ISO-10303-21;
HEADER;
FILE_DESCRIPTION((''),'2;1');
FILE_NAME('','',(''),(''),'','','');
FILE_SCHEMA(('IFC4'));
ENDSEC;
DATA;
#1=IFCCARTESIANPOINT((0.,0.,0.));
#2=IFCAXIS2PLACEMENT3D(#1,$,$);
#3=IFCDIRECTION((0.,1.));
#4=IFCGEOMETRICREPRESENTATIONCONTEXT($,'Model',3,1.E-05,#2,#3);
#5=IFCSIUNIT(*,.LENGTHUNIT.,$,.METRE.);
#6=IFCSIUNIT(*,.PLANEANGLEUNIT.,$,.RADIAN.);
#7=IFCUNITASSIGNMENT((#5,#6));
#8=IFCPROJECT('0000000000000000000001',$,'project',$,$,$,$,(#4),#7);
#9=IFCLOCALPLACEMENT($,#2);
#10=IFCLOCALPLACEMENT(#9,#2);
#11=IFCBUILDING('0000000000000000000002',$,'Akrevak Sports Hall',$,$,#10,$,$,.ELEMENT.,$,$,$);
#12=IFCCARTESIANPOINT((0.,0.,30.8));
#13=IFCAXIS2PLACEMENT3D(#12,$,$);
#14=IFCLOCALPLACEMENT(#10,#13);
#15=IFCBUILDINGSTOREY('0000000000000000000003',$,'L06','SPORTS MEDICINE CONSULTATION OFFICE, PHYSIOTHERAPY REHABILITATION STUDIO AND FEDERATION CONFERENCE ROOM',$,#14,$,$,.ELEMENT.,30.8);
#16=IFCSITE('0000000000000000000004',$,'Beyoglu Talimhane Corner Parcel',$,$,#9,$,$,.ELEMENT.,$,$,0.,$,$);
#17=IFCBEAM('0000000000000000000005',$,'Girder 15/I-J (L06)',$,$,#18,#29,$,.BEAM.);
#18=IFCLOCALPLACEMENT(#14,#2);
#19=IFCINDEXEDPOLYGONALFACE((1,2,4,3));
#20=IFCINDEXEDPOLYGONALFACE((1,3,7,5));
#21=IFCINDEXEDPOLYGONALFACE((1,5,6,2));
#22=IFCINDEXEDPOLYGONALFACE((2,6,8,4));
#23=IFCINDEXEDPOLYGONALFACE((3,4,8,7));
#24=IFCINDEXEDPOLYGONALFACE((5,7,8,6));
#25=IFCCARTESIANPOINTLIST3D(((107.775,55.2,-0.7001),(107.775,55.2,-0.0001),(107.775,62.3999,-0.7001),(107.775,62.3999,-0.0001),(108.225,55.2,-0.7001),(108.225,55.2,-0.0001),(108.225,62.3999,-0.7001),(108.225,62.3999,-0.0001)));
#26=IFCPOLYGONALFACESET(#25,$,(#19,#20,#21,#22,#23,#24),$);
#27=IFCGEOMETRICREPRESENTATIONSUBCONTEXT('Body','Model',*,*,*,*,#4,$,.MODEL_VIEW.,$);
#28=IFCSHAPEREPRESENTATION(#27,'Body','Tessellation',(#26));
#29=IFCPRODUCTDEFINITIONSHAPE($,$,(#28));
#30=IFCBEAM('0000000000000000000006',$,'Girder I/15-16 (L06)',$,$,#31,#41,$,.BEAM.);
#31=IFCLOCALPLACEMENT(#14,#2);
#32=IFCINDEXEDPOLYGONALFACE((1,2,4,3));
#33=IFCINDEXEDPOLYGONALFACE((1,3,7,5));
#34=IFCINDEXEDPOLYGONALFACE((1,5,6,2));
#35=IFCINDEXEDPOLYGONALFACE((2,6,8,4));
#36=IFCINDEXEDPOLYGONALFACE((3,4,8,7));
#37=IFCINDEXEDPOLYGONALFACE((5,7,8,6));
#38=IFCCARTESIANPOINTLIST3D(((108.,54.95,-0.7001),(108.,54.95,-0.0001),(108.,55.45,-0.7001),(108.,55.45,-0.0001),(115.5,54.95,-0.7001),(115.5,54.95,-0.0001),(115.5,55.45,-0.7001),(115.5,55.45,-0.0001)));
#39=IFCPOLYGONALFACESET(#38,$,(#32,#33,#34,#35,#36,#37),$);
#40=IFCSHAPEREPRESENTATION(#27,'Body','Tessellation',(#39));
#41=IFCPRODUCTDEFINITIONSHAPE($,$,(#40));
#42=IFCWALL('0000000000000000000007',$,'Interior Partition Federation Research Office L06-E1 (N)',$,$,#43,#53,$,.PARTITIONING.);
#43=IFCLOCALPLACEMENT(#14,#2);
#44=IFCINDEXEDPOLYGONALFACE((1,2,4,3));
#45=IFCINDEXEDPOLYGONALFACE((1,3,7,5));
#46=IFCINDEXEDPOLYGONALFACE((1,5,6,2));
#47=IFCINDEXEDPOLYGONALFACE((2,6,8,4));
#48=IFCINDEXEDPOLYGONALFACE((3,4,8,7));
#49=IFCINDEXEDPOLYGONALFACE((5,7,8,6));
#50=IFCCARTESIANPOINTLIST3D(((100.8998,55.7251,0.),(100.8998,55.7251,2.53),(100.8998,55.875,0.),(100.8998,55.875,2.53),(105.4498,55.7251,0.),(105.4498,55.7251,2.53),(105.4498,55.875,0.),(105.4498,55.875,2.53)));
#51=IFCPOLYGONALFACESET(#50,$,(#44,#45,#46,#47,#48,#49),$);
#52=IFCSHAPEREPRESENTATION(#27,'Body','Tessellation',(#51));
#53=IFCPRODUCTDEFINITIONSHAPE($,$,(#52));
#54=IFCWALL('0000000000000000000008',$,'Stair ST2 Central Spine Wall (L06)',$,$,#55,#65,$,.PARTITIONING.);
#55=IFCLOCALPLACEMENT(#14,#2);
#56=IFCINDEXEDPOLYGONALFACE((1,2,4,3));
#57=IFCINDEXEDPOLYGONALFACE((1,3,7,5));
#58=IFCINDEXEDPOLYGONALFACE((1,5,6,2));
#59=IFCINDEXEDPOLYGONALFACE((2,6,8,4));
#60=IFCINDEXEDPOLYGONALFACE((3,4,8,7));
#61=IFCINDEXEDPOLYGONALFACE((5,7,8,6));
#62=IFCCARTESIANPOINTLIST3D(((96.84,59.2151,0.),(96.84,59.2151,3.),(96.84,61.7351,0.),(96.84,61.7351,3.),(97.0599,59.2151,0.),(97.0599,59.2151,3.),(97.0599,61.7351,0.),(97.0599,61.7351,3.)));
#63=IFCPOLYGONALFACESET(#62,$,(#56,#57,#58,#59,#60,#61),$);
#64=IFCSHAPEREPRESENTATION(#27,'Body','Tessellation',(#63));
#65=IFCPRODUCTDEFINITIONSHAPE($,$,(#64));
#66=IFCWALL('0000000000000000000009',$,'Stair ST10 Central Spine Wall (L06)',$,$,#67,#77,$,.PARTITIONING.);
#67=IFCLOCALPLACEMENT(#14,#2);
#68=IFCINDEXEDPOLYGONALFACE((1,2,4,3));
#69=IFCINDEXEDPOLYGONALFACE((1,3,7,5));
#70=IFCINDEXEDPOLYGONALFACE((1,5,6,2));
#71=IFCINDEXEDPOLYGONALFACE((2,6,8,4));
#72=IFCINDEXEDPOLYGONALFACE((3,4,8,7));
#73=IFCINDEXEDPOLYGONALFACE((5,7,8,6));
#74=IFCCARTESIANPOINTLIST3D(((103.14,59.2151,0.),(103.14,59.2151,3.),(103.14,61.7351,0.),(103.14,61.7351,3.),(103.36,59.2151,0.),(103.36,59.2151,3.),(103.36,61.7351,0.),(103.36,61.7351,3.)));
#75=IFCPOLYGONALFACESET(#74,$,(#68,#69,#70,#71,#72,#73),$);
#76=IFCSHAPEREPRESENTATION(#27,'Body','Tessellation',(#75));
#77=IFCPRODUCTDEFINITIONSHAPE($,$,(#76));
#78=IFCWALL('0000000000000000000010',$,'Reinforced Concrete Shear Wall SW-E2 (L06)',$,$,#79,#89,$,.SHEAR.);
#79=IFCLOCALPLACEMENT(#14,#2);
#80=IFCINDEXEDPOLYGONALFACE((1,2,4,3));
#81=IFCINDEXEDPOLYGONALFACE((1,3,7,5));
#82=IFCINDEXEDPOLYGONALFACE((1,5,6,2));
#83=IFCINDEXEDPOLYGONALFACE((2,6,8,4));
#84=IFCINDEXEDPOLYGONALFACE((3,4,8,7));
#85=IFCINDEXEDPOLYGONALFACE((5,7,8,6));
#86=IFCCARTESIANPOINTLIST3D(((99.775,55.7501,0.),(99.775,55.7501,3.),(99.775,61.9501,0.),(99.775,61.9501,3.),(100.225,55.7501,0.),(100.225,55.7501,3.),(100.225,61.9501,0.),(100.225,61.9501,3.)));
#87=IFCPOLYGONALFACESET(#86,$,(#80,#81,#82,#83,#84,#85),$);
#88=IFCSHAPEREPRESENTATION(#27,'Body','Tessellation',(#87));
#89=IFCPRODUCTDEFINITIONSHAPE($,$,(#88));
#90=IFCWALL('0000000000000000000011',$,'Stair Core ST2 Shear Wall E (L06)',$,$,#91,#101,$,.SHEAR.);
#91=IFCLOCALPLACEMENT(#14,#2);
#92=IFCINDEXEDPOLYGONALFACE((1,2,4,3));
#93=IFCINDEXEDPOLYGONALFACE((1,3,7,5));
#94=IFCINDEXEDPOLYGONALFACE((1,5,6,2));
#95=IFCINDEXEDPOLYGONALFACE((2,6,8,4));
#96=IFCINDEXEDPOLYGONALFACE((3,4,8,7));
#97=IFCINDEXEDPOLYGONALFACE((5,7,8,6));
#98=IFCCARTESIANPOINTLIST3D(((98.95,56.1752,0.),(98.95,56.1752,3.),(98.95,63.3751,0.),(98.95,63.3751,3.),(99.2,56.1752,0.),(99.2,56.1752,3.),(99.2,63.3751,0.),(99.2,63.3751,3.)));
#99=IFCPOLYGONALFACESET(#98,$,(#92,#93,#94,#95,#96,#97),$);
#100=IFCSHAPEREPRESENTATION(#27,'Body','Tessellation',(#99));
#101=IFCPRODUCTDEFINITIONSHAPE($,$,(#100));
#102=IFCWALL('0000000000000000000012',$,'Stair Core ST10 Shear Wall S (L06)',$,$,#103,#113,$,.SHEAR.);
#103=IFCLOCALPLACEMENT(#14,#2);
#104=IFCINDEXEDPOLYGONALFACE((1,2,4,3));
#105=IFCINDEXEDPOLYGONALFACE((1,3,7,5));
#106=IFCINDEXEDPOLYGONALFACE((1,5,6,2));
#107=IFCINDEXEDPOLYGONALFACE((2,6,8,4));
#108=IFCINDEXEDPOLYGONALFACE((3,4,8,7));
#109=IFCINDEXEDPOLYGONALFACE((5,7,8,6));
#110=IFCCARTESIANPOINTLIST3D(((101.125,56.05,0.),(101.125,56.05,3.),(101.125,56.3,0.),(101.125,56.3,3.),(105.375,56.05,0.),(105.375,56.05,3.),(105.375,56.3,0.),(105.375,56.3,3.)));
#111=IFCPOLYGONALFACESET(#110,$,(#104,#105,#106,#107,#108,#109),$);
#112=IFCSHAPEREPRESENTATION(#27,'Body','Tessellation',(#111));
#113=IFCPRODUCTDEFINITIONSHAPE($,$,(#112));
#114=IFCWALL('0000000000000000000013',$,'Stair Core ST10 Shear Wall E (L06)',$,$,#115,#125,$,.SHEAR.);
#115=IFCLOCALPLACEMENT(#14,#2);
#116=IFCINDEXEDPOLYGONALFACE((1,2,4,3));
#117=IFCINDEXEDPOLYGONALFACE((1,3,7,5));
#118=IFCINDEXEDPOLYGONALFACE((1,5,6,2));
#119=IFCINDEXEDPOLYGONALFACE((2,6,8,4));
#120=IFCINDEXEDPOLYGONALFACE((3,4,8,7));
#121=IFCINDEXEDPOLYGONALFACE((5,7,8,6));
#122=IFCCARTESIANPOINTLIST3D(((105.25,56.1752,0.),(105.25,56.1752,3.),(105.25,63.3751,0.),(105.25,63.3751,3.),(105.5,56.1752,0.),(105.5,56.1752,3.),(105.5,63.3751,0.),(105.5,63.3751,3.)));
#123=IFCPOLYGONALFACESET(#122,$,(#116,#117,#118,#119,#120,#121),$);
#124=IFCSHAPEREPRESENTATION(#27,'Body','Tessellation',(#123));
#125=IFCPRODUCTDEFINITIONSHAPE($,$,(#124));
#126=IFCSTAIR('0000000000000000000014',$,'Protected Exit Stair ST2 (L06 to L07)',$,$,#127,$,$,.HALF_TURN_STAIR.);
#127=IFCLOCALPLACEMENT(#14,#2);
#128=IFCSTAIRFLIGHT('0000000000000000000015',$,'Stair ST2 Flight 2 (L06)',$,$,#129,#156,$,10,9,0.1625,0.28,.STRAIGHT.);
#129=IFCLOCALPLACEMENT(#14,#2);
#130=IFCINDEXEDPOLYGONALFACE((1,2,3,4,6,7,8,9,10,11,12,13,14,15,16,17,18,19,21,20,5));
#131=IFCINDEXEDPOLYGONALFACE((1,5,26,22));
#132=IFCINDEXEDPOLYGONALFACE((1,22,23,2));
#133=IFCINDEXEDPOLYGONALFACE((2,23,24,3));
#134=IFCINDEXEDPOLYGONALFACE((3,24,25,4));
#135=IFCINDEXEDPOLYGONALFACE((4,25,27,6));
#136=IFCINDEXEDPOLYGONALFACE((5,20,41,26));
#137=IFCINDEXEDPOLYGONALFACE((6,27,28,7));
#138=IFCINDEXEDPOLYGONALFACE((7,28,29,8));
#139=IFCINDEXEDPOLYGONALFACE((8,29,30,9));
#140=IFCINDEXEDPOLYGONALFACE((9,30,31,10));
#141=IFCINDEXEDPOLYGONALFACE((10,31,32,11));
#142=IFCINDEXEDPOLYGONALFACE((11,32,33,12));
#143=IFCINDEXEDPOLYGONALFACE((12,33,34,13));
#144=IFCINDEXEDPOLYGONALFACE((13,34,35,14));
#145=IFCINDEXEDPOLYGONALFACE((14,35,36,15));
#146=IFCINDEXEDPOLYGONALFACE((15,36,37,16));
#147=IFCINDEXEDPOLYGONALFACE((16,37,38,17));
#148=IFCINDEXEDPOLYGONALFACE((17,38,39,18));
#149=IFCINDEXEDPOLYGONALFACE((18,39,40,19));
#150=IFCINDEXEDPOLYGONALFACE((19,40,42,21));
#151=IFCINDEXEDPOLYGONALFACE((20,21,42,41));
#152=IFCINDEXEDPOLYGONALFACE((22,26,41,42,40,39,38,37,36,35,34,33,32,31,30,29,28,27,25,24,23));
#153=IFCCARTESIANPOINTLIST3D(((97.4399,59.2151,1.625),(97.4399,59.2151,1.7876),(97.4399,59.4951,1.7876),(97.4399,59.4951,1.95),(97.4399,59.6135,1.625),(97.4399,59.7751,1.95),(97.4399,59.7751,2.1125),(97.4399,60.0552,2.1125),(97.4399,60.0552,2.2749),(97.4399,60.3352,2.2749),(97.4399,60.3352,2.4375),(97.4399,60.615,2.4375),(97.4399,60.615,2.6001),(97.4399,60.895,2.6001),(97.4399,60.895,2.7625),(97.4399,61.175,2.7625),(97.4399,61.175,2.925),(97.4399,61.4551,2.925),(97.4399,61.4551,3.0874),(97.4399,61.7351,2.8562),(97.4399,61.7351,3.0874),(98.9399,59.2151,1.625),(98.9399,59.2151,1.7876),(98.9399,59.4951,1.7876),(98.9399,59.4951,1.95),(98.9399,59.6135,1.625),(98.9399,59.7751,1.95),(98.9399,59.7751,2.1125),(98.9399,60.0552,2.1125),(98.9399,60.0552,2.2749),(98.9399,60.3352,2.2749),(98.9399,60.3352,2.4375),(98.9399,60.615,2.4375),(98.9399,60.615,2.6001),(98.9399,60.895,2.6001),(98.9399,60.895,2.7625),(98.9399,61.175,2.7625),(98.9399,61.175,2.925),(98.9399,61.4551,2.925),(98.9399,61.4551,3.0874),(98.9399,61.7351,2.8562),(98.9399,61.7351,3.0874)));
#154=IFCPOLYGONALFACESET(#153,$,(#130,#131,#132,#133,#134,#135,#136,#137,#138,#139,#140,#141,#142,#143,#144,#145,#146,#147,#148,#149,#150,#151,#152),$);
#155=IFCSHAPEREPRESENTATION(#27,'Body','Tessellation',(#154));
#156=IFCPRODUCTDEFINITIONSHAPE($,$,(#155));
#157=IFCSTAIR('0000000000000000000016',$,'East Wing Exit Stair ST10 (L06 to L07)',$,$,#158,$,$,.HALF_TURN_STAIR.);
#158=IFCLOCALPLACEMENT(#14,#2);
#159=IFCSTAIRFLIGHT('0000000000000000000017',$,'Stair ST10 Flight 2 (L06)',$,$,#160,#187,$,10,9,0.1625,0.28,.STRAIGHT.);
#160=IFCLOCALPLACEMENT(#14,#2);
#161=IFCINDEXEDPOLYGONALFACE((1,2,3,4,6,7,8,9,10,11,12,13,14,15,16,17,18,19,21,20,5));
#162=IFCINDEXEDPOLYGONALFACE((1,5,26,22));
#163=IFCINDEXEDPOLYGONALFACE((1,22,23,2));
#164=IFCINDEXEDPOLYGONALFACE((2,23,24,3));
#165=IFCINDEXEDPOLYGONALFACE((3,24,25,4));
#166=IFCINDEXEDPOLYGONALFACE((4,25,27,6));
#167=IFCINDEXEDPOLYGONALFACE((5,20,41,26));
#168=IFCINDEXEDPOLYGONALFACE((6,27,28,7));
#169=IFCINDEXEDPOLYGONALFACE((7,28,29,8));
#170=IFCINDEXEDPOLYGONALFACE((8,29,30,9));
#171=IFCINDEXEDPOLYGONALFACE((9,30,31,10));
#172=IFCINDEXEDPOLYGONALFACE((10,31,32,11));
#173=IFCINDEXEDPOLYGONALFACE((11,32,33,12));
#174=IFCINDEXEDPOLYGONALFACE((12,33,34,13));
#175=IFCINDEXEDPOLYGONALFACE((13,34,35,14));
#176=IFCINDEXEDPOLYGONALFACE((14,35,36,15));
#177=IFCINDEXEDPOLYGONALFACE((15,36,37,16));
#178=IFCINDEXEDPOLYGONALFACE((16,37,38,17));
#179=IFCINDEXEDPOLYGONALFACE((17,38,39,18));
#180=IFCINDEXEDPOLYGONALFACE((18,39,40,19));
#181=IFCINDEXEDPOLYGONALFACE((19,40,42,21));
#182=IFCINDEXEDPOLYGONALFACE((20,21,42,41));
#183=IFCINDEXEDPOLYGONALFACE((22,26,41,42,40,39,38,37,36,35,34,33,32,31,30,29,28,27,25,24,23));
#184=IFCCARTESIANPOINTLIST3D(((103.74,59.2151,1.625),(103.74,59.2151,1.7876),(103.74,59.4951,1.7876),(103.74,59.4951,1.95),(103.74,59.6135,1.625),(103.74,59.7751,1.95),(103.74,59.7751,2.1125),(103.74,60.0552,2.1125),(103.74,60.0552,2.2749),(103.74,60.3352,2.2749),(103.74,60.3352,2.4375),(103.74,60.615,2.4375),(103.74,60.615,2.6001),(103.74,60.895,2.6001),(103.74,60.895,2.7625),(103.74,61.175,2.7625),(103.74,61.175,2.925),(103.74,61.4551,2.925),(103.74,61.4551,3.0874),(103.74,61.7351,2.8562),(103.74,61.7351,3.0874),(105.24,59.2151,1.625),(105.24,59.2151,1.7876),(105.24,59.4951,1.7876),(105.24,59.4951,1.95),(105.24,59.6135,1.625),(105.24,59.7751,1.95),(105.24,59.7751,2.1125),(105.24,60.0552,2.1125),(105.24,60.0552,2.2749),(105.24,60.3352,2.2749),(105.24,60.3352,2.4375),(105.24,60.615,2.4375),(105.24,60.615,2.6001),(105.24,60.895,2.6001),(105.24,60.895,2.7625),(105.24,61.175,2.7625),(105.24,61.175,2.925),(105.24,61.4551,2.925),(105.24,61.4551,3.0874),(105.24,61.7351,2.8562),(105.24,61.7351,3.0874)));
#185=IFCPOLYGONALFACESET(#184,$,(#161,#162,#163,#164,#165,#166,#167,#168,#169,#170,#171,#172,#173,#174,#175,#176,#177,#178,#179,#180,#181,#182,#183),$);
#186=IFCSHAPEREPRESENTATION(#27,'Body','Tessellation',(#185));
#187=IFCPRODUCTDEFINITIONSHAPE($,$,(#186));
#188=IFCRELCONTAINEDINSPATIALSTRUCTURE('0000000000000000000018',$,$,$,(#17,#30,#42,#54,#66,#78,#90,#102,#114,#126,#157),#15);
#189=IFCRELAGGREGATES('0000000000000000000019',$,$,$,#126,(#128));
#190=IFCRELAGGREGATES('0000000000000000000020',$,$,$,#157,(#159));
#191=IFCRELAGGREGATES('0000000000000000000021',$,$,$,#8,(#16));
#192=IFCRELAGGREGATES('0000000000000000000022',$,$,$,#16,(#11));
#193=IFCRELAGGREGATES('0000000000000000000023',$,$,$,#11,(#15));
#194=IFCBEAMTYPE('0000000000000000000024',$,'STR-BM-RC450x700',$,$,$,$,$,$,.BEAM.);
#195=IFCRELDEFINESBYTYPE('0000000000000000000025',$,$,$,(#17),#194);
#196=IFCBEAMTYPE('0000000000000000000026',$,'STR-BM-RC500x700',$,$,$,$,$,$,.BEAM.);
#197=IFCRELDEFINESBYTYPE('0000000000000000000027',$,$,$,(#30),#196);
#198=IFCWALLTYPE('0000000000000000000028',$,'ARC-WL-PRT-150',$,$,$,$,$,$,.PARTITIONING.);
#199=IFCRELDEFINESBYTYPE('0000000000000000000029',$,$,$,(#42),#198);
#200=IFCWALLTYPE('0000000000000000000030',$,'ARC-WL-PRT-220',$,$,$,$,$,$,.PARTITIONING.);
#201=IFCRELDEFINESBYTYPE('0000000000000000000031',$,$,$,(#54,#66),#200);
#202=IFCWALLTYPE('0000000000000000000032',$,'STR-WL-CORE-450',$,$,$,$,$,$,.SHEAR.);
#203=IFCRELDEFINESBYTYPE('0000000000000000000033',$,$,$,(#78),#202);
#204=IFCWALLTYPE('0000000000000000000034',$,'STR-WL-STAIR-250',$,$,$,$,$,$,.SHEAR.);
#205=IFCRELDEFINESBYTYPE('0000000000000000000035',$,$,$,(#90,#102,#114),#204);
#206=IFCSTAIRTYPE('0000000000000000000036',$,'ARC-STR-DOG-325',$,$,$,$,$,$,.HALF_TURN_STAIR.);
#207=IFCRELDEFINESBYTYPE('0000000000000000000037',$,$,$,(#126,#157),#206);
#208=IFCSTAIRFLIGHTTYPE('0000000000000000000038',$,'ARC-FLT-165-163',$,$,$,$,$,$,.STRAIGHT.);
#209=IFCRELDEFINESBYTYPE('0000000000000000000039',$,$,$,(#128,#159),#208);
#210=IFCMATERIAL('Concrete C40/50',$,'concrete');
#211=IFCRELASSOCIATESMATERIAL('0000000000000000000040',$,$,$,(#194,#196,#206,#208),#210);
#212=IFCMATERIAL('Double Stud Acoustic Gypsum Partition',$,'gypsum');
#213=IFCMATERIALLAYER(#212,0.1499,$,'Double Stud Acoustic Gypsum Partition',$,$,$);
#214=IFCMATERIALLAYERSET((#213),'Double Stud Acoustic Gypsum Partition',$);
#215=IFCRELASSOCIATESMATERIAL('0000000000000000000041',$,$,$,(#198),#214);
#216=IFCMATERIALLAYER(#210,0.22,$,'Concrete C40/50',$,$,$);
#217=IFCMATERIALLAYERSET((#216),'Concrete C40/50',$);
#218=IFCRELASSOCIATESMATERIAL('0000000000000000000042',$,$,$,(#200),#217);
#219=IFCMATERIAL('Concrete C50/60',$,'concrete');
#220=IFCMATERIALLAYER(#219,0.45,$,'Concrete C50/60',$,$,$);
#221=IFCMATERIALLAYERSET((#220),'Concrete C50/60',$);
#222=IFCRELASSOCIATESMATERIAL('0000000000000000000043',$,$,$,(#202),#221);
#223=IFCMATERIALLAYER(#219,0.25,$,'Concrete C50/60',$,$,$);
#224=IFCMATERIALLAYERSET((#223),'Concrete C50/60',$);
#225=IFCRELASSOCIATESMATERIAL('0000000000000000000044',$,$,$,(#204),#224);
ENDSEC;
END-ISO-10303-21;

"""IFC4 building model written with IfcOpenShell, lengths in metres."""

from ifc_helpers import new_model, si_unit, direction, frame, frame_2d, origin, origin_2d, place, context, subcontext, project, spatial, polyline, rectangle, outline, extrude, material, layer, layer_set, material_profile, profile_set, type_object, element, aggregate, save


model = new_model("IFC4")

# Units and contexts
model_context = context("Model", 3, precision=1e-05, world=origin(), true_north=direction((0.0, 1.0)))
body_context = subcontext(model_context, "Body", "Model", "MODEL_VIEW")
ifc_project = project(units=[si_unit("LENGTHUNIT", "METRE"), si_unit("PLANEANGLEUNIT", "RADIAN")], contexts=[model_context])

# Site, building, storey
site_placement = place(None, origin())
site = spatial("IfcSite", under=ifc_project, at=site_placement, Name="Beyoglu Talimhane Corner Parcel", CompositionType="ELEMENT", RefElevation=0.0)
building_placement = place(site_placement, origin())
building = spatial("IfcBuilding", under=site, at=building_placement, Name="Akrevak Sports Hall", CompositionType="ELEMENT")
storey_placement = place(building_placement, frame((0.0, 0.0, 30.8)))
storey = spatial("IfcBuildingStorey", under=building, at=storey_placement, Name="L06", Description="SPORTS MEDICINE CONSULTATION OFFICE, PHYSIOTHERAPY REHABILITATION STUDIO AND FEDERATION CONFERENCE ROOM", CompositionType="ELEMENT", Elevation=30.8)

# Beams
ifc_material_1 = material(Name="Concrete C40/50", Category="concrete")
ifc_material_profile_1 = material_profile(ifc_material_1, rectangle(XDim=0.45, YDim=0.7, at=origin_2d()), Name="BM 450x700", Category="concrete")
ifc_profile_set_1 = profile_set([ifc_material_profile_1], Name="Concrete C40/50")
beam_type_1 = type_object("IfcBeamType", Name="STR-BM-RC450x700", PredefinedType="BEAM", material=ifc_profile_set_1)
beam_1_placement = place(storey_placement, frame((108.0, 55.2, -0.3501), z_axis=(0.0, 1.0, 0.0), x_axis=(-1.0, 0.0, 0.0)))
element("IfcBeam", 1, at=beam_1_placement, inside=storey, type_object=beam_type_1, Name="Girder 15/I-J (L06)", PredefinedType="BEAM", context=body_context, shape_type="SweptSolid", body=[
    extrude(rectangle(XDim=0.45, YDim=0.7, at=origin_2d()), origin(), (0.0, 0.0, 1.0), 7.2),
])
ifc_material_profile_2 = material_profile(ifc_material_1, rectangle(XDim=0.5, YDim=0.7, at=origin_2d()), Name="BM 500x700", Category="concrete")
ifc_profile_set_2 = profile_set([ifc_material_profile_2], Name="Concrete C40/50")
beam_type_2 = type_object("IfcBeamType", Name="STR-BM-RC500x700", PredefinedType="BEAM", material=ifc_profile_set_2)
beam_2_placement = place(storey_placement, frame((108.0, 55.2, -0.3501), z_axis=(1.0, 0.0, 0.0), x_axis=(0.0, 1.0, 0.0)))
element("IfcBeam", 2, at=beam_2_placement, inside=storey, type_object=beam_type_2, Name="Girder I/15-16 (L06)", PredefinedType="BEAM", context=body_context, shape_type="SweptSolid", body=[
    extrude(rectangle(XDim=0.5, YDim=0.7, at=origin_2d()), origin(), (0.0, 0.0, 1.0), 7.5),
])

# Walls
ifc_material_2 = material(Name="Double Stud Acoustic Gypsum Partition", Category="gypsum")
ifc_layer_1 = layer(ifc_material_2, 0.1499, Name="Double Stud Acoustic Gypsum Partition")
ifc_layer_set_1 = layer_set([ifc_layer_1], Name="Double Stud Acoustic Gypsum Partition")
wall_type_1 = type_object("IfcWallType", Name="ARC-WL-PRT-150", PredefinedType="PARTITIONING", material=ifc_layer_set_1)
wall_1_placement = place(storey_placement, frame((100.8999, 55.8, 0.0), z_axis=(0.0, 0.0, 1.0), x_axis=(1.0, 0.0, 0.0)))
element("IfcWall", 3, at=wall_1_placement, inside=storey, type_object=wall_type_1, Name="Interior Partition Federation Research Office L06-E1 (N)", PredefinedType="PARTITIONING", context=body_context, shape_type="SweptSolid", body=[
    extrude(rectangle(XDim=4.55, YDim=0.1499, at=frame_2d((2.2749, 0.0))), origin(), (0.0, 0.0, 1.0), 2.53),
])
ifc_layer_2 = layer(ifc_material_1, 0.22, Name="Concrete C40/50")
ifc_layer_set_2 = layer_set([ifc_layer_2], Name="Concrete C40/50")
wall_type_2 = type_object("IfcWallType", Name="ARC-WL-PRT-220", PredefinedType="PARTITIONING", material=ifc_layer_set_2)
for number, where, z_axis, x_axis, name in (
    (4, (96.95, 59.2151, 0.0), (0.0, 0.0, 1.0), (0.0, 1.0, 0.0), "Stair ST2 Central Spine Wall (L06)"),
    (5, (103.25, 59.2151, 0.0), (0.0, 0.0, 1.0), (0.0, 1.0, 0.0), "Stair ST10 Central Spine Wall (L06)"),
):
    element("IfcWall", number, at=place(storey_placement, frame(where, z_axis=z_axis, x_axis=x_axis)), inside=storey, type_object=wall_type_2, Name=name, PredefinedType="PARTITIONING", context=body_context, shape_type="SweptSolid", body=[
        extrude(rectangle(XDim=2.52, YDim=0.22, at=frame_2d((1.26, 0.0))), origin(), (0.0, 0.0, 1.0), 3.0),
    ])
ifc_material_3 = material(Name="Concrete C50/60", Category="concrete")
ifc_layer_3 = layer(ifc_material_3, 0.45, Name="Concrete C50/60")
ifc_layer_set_3 = layer_set([ifc_layer_3], Name="Concrete C50/60")
wall_type_3 = type_object("IfcWallType", Name="STR-WL-CORE-450", PredefinedType="SHEAR", material=ifc_layer_set_3)
wall_2_placement = place(storey_placement, frame((100.0, 55.75, 0.0), z_axis=(0.0, 0.0, 1.0), x_axis=(0.0, 1.0, 0.0)))
element("IfcWall", 6, at=wall_2_placement, inside=storey, type_object=wall_type_3, Name="Reinforced Concrete Shear Wall SW-E2 (L06)", PredefinedType="SHEAR", context=body_context, shape_type="SweptSolid", body=[
    extrude(rectangle(XDim=6.2, YDim=0.45, at=frame_2d((3.1001, 0.0))), origin(), (0.0, 0.0, 1.0), 3.0),
])
ifc_layer_4 = layer(ifc_material_3, 0.25, Name="Concrete C50/60")
ifc_layer_set_4 = layer_set([ifc_layer_4], Name="Concrete C50/60")
wall_type_4 = type_object("IfcWallType", Name="STR-WL-STAIR-250", PredefinedType="SHEAR", material=ifc_layer_set_4)
wall_3_placement = place(storey_placement, frame((99.075, 56.175, 0.0), z_axis=(0.0, 0.0, 1.0), x_axis=(0.0, 1.0, 0.0)))
element("IfcWall", 7, at=wall_3_placement, inside=storey, type_object=wall_type_4, Name="Stair Core ST2 Shear Wall E (L06)", PredefinedType="SHEAR", context=body_context, shape_type="SweptSolid", body=[
    extrude(rectangle(XDim=7.2, YDim=0.25, at=frame_2d((3.6001, 0.0))), origin(), (0.0, 0.0, 1.0), 3.0),
])
wall_4_placement = place(storey_placement, frame((101.125, 56.175, 0.0), z_axis=(0.0, 0.0, 1.0), x_axis=(1.0, 0.0, 0.0)))
element("IfcWall", 8, at=wall_4_placement, inside=storey, type_object=wall_type_4, Name="Stair Core ST10 Shear Wall S (L06)", PredefinedType="SHEAR", context=body_context, shape_type="SweptSolid", body=[
    extrude(rectangle(XDim=4.25, YDim=0.25, at=frame_2d((2.125, 0.0))), origin(), (0.0, 0.0, 1.0), 3.0),
])
wall_5_placement = place(storey_placement, frame((105.375, 56.175, 0.0), z_axis=(0.0, 0.0, 1.0), x_axis=(0.0, 1.0, 0.0)))
element("IfcWall", 9, at=wall_5_placement, inside=storey, type_object=wall_type_4, Name="Stair Core ST10 Shear Wall E (L06)", PredefinedType="SHEAR", context=body_context, shape_type="SweptSolid", body=[
    extrude(rectangle(XDim=7.2, YDim=0.25, at=frame_2d((3.6001, 0.0))), origin(), (0.0, 0.0, 1.0), 3.0),
])

# Stairs, stair flights
stair_type = type_object("IfcStairType", Name="ARC-STR-DOG-325", PredefinedType="HALF_TURN_STAIR", material=ifc_material_1)
stair_1_placement = place(storey_placement, origin())
stair_1 = element("IfcStair", 10, at=stair_1_placement, inside=storey, type_object=stair_type, Name="Protected Exit Stair ST2 (L06 to L07)", PredefinedType="HALF_TURN_STAIR")
stair_flight_type = type_object("IfcStairFlightType", Name="ARC-FLT-165-163", PredefinedType="STRAIGHT", material=ifc_material_1)
stair_flight_1_placement = place(storey_placement, frame((98.1899, 59.2151, 1.625), z_axis=(0.0, 0.0, 1.0), x_axis=(0.0, 1.0, 0.0)))
stair_flight_1 = element("IfcStairFlight", 11, at=stair_flight_1_placement, type_object=stair_flight_type, Name="Stair ST2 Flight 2 (L06)", NumberOfRisers=10, NumberOfTreads=9, PredefinedType="STRAIGHT", RiserHeight=0.1625, TreadLength=0.28, context=body_context, shape_type="SweptSolid", body=[
    extrude(outline(polyline([(0.0, 0.0), (0.0, 0.1626), (0.28, 0.1626), (0.28, 0.325), (0.5601, 0.325), (0.5601, 0.4875), (0.8401, 0.4875), (0.8401, 0.6499), (1.1201, 0.6499), (1.1201, 0.8125), (1.3999, 0.8125), (1.3999, 0.9751), (1.6799, 0.9751), (1.6799, 1.1375), (1.96, 1.1375), (1.96, 1.3), (2.24, 1.3), (2.24, 1.4624), (2.52, 1.4624), (2.52, 1.625), (2.52, 1.2312), (0.3984, 0.0), (0.0, 0.0)])), frame((0.0, 0.75, 0.0), z_axis=(0.0, -1.0, 0.0), x_axis=(1.0, 0.0, 0.0)), (0.0, 0.0, 1.0), 1.5),
])
aggregate(stair_1, [stair_flight_1])
stair_2_placement = place(storey_placement, origin())
stair_2 = element("IfcStair", 12, at=stair_2_placement, inside=storey, type_object=stair_type, Name="East Wing Exit Stair ST10 (L06 to L07)", PredefinedType="HALF_TURN_STAIR")
stair_flight_2_placement = place(storey_placement, frame((104.49, 59.2151, 1.625), z_axis=(0.0, 0.0, 1.0), x_axis=(0.0, 1.0, 0.0)))
stair_flight_2 = element("IfcStairFlight", 13, at=stair_flight_2_placement, type_object=stair_flight_type, Name="Stair ST10 Flight 2 (L06)", NumberOfRisers=10, NumberOfTreads=9, PredefinedType="STRAIGHT", RiserHeight=0.1625, TreadLength=0.28, context=body_context, shape_type="SweptSolid", body=[
    extrude(outline(polyline([(0.0, 0.0), (0.0, 0.1626), (0.28, 0.1626), (0.28, 0.325), (0.5601, 0.325), (0.5601, 0.4875), (0.8401, 0.4875), (0.8401, 0.6499), (1.1201, 0.6499), (1.1201, 0.8125), (1.3999, 0.8125), (1.3999, 0.9751), (1.6799, 0.9751), (1.6799, 1.1375), (1.96, 1.1375), (1.96, 1.3), (2.24, 1.3), (2.24, 1.4624), (2.52, 1.4624), (2.52, 1.625), (2.52, 1.2312), (0.3984, 0.0), (0.0, 0.0)])), frame((0.0, 0.75, 0.0), z_axis=(0.0, -1.0, 0.0), x_axis=(1.0, 0.0, 0.0)), (0.0, 0.0, 1.0), 1.5),
])
aggregate(stair_2, [stair_flight_2])

save(model, "model.ifc")
